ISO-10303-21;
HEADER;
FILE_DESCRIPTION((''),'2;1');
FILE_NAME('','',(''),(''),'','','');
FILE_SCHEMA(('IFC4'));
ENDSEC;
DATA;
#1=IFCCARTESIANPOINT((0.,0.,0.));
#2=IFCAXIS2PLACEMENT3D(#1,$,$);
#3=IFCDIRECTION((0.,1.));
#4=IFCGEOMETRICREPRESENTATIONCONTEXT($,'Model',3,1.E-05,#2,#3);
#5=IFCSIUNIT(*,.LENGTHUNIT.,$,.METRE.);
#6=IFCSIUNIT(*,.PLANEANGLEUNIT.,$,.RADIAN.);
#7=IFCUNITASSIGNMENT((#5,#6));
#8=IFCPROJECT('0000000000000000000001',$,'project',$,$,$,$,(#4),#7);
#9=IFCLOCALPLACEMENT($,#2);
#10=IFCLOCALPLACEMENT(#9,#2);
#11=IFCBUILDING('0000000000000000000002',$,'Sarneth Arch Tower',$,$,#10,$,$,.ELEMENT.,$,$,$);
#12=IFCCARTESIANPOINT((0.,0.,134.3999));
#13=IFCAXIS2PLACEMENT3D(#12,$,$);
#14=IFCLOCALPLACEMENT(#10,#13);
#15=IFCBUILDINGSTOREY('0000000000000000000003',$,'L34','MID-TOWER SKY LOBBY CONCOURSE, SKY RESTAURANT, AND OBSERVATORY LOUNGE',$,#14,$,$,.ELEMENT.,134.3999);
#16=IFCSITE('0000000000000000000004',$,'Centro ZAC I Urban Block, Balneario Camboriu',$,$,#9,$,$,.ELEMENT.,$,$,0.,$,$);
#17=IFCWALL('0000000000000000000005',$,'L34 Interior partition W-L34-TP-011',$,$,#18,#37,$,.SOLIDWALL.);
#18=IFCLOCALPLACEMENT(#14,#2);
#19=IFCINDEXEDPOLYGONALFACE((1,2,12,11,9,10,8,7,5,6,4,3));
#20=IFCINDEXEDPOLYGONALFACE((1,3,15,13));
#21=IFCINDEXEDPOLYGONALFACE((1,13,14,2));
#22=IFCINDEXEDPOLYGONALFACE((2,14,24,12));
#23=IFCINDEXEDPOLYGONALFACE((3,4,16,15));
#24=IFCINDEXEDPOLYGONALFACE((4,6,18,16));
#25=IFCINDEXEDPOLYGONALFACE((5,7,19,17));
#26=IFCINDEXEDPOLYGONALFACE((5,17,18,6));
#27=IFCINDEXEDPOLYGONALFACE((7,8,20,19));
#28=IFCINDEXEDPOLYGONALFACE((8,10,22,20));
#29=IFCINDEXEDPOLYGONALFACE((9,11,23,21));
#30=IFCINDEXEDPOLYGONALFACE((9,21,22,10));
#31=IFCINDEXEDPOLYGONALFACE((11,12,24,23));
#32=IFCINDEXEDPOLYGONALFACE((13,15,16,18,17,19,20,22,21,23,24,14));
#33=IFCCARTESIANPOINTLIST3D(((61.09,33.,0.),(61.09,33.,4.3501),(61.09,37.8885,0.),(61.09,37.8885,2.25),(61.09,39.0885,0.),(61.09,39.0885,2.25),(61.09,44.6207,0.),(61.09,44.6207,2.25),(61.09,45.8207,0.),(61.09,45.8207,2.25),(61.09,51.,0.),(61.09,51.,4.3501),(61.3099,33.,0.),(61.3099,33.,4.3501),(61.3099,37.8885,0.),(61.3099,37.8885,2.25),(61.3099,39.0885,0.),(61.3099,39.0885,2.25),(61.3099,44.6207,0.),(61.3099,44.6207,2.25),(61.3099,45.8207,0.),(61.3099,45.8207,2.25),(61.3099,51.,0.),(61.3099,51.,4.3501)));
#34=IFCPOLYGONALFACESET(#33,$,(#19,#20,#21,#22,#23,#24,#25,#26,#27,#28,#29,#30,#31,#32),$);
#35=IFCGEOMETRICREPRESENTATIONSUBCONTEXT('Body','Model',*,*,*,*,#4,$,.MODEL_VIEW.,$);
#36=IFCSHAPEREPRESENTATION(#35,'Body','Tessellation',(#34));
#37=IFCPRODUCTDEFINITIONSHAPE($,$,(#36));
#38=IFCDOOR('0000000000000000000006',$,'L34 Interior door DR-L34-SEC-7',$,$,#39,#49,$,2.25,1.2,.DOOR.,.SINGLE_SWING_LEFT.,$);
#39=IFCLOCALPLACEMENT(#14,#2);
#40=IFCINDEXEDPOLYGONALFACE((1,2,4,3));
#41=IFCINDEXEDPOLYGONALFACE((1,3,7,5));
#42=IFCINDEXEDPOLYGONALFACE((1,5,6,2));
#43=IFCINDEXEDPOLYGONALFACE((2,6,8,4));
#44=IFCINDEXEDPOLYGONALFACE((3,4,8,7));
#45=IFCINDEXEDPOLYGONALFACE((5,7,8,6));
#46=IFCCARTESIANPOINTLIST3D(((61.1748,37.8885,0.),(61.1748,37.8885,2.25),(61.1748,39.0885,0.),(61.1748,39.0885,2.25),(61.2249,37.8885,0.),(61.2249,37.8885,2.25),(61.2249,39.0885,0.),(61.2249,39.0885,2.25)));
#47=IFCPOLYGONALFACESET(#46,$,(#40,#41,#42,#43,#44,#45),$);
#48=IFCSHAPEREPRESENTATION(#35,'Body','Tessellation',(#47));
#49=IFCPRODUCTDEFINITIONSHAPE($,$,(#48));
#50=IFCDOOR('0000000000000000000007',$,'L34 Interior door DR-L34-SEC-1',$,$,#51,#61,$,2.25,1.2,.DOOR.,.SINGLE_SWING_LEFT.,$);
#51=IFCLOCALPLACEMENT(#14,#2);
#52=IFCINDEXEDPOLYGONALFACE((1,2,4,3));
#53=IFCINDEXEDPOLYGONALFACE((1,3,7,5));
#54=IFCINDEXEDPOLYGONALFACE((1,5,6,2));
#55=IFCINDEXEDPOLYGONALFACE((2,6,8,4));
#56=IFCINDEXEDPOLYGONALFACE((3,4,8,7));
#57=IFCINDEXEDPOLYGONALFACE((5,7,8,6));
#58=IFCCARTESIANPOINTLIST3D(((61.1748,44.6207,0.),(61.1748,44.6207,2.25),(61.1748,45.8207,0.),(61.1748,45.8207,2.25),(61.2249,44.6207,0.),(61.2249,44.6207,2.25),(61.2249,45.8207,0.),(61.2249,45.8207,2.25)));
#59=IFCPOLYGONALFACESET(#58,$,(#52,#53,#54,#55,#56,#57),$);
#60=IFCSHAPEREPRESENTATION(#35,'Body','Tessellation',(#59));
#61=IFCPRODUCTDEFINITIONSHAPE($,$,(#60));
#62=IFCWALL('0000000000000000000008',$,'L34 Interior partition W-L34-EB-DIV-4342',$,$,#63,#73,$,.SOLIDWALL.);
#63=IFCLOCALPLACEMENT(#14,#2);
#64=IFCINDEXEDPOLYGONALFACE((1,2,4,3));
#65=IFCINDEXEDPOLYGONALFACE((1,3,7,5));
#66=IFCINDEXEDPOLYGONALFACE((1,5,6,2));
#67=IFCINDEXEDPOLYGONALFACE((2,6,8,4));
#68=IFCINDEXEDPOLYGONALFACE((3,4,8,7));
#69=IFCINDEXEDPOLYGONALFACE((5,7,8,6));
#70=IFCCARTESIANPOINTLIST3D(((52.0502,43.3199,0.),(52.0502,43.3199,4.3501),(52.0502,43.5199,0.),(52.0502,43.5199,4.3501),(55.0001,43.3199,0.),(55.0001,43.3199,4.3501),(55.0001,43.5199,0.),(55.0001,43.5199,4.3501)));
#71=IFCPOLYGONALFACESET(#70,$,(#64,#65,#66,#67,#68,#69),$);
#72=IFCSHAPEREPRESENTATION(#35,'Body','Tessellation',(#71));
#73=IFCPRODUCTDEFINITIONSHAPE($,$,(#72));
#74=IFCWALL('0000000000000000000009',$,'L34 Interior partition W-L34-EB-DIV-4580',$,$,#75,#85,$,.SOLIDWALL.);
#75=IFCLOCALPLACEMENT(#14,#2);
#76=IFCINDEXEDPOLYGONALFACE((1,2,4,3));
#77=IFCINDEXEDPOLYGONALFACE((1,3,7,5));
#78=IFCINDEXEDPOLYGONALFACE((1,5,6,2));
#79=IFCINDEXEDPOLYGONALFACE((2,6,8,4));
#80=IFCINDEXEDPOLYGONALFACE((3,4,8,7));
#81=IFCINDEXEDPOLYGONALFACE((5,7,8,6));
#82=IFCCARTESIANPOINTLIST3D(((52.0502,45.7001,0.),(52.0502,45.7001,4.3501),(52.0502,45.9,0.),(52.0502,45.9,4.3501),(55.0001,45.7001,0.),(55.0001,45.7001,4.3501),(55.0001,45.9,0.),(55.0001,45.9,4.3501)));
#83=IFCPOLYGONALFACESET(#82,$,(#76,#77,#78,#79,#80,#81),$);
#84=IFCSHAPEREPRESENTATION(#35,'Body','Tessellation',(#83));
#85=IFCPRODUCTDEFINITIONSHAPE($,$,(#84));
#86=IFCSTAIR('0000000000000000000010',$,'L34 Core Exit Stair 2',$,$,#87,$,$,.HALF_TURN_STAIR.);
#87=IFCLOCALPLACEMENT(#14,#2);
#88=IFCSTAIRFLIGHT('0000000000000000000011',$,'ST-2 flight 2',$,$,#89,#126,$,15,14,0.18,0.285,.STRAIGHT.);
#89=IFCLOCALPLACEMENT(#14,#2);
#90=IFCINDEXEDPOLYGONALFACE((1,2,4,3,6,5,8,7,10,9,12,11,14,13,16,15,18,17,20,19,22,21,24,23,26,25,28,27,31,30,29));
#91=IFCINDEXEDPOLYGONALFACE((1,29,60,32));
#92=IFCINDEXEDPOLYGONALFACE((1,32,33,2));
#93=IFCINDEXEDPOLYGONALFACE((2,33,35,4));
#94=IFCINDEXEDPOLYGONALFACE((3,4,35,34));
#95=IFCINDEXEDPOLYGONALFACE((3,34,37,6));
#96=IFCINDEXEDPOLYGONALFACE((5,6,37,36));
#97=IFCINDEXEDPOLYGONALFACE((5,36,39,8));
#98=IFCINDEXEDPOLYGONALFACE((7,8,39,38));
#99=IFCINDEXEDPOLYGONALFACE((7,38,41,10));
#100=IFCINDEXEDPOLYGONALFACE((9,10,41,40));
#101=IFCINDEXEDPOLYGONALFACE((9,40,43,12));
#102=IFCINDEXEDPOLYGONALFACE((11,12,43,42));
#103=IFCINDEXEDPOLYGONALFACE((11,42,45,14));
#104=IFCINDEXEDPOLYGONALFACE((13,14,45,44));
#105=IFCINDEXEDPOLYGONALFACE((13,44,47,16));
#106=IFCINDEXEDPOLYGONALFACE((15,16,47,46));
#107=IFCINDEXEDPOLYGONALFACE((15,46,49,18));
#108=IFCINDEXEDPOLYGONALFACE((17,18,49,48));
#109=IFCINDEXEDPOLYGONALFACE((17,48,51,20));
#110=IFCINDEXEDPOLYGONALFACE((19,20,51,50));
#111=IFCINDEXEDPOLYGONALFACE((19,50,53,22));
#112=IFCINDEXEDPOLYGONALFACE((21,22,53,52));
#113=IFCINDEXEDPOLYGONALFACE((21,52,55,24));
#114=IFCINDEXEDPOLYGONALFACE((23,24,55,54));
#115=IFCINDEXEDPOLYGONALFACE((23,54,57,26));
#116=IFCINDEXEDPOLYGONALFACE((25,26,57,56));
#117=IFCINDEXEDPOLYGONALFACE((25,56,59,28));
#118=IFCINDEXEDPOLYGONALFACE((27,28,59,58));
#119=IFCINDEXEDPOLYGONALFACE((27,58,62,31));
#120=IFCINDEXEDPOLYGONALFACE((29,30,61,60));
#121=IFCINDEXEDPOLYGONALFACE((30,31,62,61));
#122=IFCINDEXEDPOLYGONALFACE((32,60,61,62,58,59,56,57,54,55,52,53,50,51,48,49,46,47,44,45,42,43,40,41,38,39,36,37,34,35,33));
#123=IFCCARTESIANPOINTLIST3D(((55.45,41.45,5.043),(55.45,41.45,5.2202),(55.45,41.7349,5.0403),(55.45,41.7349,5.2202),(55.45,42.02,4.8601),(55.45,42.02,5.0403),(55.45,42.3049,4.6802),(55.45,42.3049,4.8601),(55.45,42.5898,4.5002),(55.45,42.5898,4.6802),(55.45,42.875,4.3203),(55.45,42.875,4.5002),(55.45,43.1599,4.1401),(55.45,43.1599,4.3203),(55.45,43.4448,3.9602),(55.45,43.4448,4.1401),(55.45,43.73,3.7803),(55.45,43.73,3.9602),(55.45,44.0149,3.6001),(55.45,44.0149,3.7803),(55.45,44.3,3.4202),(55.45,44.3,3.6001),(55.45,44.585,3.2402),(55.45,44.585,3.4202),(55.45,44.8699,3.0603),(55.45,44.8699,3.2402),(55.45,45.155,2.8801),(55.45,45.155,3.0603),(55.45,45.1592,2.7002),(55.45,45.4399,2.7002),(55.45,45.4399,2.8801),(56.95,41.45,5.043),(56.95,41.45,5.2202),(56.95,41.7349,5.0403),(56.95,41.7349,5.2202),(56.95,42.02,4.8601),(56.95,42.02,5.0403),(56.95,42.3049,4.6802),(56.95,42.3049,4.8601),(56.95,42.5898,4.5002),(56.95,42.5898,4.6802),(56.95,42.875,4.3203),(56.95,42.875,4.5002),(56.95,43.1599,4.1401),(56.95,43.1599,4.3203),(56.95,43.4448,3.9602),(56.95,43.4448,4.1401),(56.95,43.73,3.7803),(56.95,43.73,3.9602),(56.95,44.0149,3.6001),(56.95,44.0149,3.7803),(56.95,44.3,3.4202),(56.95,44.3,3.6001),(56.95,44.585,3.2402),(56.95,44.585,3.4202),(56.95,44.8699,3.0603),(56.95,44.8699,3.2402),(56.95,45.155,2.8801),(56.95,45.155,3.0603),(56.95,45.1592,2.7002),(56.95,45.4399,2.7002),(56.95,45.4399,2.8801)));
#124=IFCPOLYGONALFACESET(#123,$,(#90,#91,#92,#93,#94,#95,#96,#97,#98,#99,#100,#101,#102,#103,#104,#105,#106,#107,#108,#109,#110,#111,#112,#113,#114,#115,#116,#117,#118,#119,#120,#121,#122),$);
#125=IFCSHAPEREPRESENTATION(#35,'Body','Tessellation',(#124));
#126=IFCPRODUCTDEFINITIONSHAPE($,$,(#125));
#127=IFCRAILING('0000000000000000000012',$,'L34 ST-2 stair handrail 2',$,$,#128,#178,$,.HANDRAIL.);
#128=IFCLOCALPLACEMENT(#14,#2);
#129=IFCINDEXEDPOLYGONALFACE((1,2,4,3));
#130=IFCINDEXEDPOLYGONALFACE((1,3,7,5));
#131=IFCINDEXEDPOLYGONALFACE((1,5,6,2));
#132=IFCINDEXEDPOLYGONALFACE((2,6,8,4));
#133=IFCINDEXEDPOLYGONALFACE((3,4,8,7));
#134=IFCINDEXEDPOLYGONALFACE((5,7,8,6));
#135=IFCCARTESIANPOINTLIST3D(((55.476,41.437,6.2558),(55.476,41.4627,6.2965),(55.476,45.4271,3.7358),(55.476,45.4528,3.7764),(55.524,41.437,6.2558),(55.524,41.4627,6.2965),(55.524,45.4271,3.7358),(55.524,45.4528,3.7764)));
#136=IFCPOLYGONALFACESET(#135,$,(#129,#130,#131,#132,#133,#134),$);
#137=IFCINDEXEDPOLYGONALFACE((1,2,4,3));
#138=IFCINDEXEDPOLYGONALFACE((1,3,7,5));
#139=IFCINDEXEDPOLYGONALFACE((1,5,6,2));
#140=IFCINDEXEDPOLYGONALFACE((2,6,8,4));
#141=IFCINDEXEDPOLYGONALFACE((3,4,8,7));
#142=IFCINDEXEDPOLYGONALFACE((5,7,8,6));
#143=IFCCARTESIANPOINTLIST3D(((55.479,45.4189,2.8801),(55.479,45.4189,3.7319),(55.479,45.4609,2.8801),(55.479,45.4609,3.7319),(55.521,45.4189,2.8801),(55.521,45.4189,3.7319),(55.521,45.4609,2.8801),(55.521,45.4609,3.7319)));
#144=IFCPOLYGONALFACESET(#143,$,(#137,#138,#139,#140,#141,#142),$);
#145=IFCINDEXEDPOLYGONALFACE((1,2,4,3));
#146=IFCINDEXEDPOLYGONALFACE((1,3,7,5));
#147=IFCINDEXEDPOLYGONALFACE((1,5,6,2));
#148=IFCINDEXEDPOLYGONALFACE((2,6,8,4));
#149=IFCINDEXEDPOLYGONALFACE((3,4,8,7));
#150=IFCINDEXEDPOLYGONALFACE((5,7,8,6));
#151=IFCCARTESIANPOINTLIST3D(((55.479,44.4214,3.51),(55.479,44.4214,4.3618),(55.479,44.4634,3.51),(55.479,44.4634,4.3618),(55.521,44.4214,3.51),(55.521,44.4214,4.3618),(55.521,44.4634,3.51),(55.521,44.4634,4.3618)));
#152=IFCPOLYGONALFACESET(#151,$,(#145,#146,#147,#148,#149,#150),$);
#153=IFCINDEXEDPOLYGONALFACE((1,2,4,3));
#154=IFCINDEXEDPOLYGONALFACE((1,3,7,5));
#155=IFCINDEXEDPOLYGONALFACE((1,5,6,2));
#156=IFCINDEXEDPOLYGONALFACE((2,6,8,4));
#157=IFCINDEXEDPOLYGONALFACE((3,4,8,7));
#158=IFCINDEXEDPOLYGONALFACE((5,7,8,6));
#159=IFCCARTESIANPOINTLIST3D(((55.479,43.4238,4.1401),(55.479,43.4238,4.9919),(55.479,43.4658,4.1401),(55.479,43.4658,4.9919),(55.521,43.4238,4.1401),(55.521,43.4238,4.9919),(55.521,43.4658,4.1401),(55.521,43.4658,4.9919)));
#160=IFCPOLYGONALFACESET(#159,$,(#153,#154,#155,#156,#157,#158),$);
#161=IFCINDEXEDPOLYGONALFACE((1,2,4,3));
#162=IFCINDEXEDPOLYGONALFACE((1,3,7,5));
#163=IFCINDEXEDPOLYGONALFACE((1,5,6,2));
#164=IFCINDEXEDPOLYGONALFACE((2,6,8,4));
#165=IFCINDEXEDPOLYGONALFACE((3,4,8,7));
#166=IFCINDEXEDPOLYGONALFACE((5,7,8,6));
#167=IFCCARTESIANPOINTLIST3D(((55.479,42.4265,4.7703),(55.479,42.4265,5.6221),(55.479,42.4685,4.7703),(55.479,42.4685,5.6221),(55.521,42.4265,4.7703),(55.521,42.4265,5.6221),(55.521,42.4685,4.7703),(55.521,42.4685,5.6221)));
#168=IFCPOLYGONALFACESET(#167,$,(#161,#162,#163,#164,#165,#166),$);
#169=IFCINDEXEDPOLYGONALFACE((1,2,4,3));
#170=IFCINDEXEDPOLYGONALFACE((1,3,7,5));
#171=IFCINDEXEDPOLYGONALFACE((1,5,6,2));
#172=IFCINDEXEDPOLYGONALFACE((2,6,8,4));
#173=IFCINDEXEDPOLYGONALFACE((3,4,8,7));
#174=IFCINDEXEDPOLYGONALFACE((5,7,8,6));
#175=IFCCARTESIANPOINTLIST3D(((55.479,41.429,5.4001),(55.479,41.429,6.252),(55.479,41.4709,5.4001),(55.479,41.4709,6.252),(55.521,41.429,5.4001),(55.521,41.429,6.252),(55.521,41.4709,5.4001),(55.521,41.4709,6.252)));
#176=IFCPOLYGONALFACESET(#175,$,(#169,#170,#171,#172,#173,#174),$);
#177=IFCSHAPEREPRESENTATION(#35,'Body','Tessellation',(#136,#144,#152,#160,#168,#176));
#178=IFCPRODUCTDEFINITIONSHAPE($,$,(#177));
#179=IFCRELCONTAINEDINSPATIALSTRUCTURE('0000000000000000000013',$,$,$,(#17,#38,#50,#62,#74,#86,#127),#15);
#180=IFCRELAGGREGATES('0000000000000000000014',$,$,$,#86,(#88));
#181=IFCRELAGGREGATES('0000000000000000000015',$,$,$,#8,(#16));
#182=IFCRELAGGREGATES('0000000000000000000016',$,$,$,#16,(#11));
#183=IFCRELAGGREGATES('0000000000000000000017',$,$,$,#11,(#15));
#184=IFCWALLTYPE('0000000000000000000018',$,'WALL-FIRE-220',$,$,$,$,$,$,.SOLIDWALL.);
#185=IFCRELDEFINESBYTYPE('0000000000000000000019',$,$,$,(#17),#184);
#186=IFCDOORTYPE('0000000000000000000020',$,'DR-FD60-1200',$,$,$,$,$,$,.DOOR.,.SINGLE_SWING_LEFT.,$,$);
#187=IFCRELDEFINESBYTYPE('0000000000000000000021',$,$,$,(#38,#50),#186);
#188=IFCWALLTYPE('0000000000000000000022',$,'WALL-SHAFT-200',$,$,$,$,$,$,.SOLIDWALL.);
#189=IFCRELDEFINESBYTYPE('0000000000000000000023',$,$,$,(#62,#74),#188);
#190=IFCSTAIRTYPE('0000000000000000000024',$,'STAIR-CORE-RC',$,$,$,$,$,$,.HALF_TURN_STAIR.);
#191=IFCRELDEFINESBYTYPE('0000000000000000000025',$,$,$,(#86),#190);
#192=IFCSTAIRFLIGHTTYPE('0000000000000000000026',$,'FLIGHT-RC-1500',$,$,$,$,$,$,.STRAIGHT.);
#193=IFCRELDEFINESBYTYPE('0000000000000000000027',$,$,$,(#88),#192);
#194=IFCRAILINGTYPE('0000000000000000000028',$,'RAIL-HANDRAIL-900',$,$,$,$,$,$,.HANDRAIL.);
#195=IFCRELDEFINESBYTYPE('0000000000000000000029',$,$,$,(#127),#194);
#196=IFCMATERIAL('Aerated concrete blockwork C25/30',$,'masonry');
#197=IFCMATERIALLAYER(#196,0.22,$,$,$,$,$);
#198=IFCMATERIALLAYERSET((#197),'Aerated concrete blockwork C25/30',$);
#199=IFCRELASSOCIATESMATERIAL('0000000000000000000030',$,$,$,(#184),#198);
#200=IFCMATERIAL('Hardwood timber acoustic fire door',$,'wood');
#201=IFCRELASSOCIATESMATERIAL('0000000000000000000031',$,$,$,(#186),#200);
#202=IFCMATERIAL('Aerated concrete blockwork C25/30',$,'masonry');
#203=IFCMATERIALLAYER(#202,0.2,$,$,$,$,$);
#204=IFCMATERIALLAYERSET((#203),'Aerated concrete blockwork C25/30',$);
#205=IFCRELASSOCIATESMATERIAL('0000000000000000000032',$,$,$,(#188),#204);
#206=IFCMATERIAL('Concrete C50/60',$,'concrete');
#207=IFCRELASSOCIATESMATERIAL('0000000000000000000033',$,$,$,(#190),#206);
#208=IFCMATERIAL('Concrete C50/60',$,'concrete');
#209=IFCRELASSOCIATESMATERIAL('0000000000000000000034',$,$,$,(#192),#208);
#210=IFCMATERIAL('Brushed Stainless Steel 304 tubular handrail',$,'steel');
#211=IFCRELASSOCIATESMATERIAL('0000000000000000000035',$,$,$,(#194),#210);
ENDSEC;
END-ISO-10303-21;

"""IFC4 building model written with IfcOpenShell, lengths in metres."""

from ifc_helpers import new_model, si_unit, direction, frame, frame_2d, origin, origin_2d, place, context, subcontext, project, spatial, polyline, rectangle, outline, extrude, material, layer, layer_set, type_object, element, fill, aggregate, save


model = new_model("IFC4")

# Units and contexts
model_context = context("Model", 3, precision=1e-05, world=origin(), true_north=direction((0.0, 1.0)))
body_context = subcontext(model_context, "Body", "Model", "MODEL_VIEW")
ifc_project = project(units=[si_unit("LENGTHUNIT", "METRE"), si_unit("PLANEANGLEUNIT", "RADIAN")], contexts=[model_context])

# Site, building, storey
site_placement = place(None, origin())
site = spatial("IfcSite", under=ifc_project, at=site_placement, Name="Centro ZAC I Urban Block, Balneario Camboriu", CompositionType="ELEMENT", RefElevation=0.0)
building_placement = place(site_placement, origin())
building = spatial("IfcBuilding", under=site, at=building_placement, Name="Sarneth Arch Tower", CompositionType="ELEMENT")
storey_placement = place(building_placement, frame((0.0, 0.0, 134.3999)))
storey = spatial("IfcBuildingStorey", under=building, at=storey_placement, Name="L34", Description="MID-TOWER SKY LOBBY CONCOURSE, SKY RESTAURANT, AND OBSERVATORY LOUNGE", CompositionType="ELEMENT", Elevation=134.3999)

# Wall, openings, doors
ifc_material_1 = material(Name="Aerated concrete blockwork C25/30", Category="masonry")
ifc_layer_1 = layer(ifc_material_1, 0.22)
ifc_layer_set_1 = layer_set([ifc_layer_1], Name="Aerated concrete blockwork C25/30")
wall_type_1 = type_object("IfcWallType", Name="WALL-FIRE-220", PredefinedType="SOLIDWALL", material=ifc_layer_set_1)
wall_1_placement = place(storey_placement, frame((61.2, 51.0, 0.0), z_axis=(0.0, 0.0, 1.0), x_axis=(0.0, -1.0, 0.0)))
wall_1 = element("IfcWall", 1, at=wall_1_placement, inside=storey, type_object=wall_type_1, Name="L34 Interior partition W-L34-TP-011", PredefinedType="SOLIDWALL", context=body_context, shape_type="SweptSolid", body=[
    extrude(rectangle(XDim=18.0, YDim=0.22, at=frame_2d((9.0, 0.0))), origin(), (0.0, 0.0, 1.0), 4.3501),
])
opening_1_placement = place(wall_1_placement, frame((11.9114, 0.0, 0.0)))
opening_1 = element("IfcOpeningElement", 2, at=opening_1_placement, cuts=wall_1, PredefinedType="OPENING", context=body_context, shape_type="SweptSolid", body=[
    extrude(rectangle(XDim=1.2, YDim=2.25, at=frame_2d((0.6001, 1.125))), frame((0.0, 0.1199, 0.0), z_axis=(0.0, -1.0, 0.0), x_axis=(1.0, 0.0, 0.0)), (0.0, 0.0, 1.0), 0.24),
])
opening_2_placement = place(wall_1_placement, frame((5.1792, 0.0, 0.0)))
opening_2 = element("IfcOpeningElement", 3, at=opening_2_placement, cuts=wall_1, PredefinedType="OPENING", context=body_context, shape_type="SweptSolid", body=[
    extrude(rectangle(XDim=1.2, YDim=2.25, at=frame_2d((0.6001, 1.125))), frame((0.0, 0.1199, 0.0), z_axis=(0.0, -1.0, 0.0), x_axis=(1.0, 0.0, 0.0)), (0.0, 0.0, 1.0), 0.24),
])
ifc_material_2 = material(Name="Hardwood timber acoustic fire door", Category="wood")
door_type_1 = type_object("IfcDoorType", Name="DR-FD60-1200", OperationType="SINGLE_SWING_LEFT", PredefinedType="DOOR", material=ifc_material_2)
door_1_placement = place(opening_1_placement, origin())
door_1 = element("IfcDoor", 4, at=door_1_placement, inside=storey, type_object=door_type_1, Name="L34 Interior door DR-L34-SEC-7", OperationType="SINGLE_SWING_LEFT", OverallHeight=2.25, OverallWidth=1.2, PredefinedType="DOOR", context=body_context, shape_type="SweptSolid", body=[
    extrude(rectangle(XDim=1.2, YDim=2.25, at=frame_2d((0.6001, 1.125))), frame((0.0, 0.0249, 0.0), z_axis=(0.0, -1.0, 0.0), x_axis=(1.0, 0.0, 0.0)), (0.0, 0.0, 1.0), 0.05),
])
fill(opening_1, door_1)
door_2_placement = place(opening_2_placement, origin())
door_2 = element("IfcDoor", 5, at=door_2_placement, inside=storey, type_object=door_type_1, Name="L34 Interior door DR-L34-SEC-1", OperationType="SINGLE_SWING_LEFT", OverallHeight=2.25, OverallWidth=1.2, PredefinedType="DOOR", context=body_context, shape_type="SweptSolid", body=[
    extrude(rectangle(XDim=1.2, YDim=2.25, at=frame_2d((0.6001, 1.125))), frame((0.0, 0.0249, 0.0), z_axis=(0.0, -1.0, 0.0), x_axis=(1.0, 0.0, 0.0)), (0.0, 0.0, 1.0), 0.05),
])
fill(opening_2, door_2)

# Walls
ifc_material_3 = material(Name="Aerated concrete blockwork C25/30", Category="masonry")
ifc_layer_2 = layer(ifc_material_3, 0.2)
ifc_layer_set_2 = layer_set([ifc_layer_2], Name="Aerated concrete blockwork C25/30")
wall_type_2 = type_object("IfcWallType", Name="WALL-SHAFT-200", PredefinedType="SOLIDWALL", material=ifc_layer_set_2)
for number, where, z_axis, x_axis, name in (
    (6, (52.05, 43.4199, 0.0), (0.0, 0.0, 1.0), (1.0, 0.0, 0.0), "L34 Interior partition W-L34-EB-DIV-4342"),
    (7, (52.05, 45.8, 0.0), (0.0, 0.0, 1.0), (1.0, 0.0, 0.0), "L34 Interior partition W-L34-EB-DIV-4580"),
):
    element("IfcWall", number, at=place(storey_placement, frame(where, z_axis=z_axis, x_axis=x_axis)), inside=storey, type_object=wall_type_2, Name=name, PredefinedType="SOLIDWALL", context=body_context, shape_type="SweptSolid", body=[
        extrude(rectangle(XDim=2.95, YDim=0.2, at=frame_2d((1.4751, 0.0))), origin(), (0.0, 0.0, 1.0), 4.3501),
    ])

# Stair, stair flight
ifc_material_4 = material(Name="Concrete C50/60", Category="concrete")
stair_type = type_object("IfcStairType", Name="STAIR-CORE-RC", PredefinedType="HALF_TURN_STAIR", material=ifc_material_4)
stair_placement = place(storey_placement, origin())
stair = element("IfcStair", 8, at=stair_placement, inside=storey, type_object=stair_type, Name="L34 Core Exit Stair 2", PredefinedType="HALF_TURN_STAIR")
ifc_material_5 = material(Name="Concrete C50/60", Category="concrete")
stair_flight_type = type_object("IfcStairFlightType", Name="FLIGHT-RC-1500", PredefinedType="STRAIGHT", material=ifc_material_5)
stair_flight_placement = place(storey_placement, frame((56.2, 45.4399, 2.7002), z_axis=(0.0, 0.0, 1.0), x_axis=(0.0, -1.0, 0.0)))
stair_flight = element("IfcStairFlight", 9, at=stair_flight_placement, type_object=stair_flight_type, Name="ST-2 flight 2", NumberOfRisers=15, NumberOfTreads=14, PredefinedType="STRAIGHT", RiserHeight=0.18, TreadLength=0.285, context=body_context, shape_type="SweptSolid", body=[
    extrude(outline(polyline([(0.0, 0.0), (0.0, 0.1799), (0.2849, 0.1799), (0.2849, 0.3601), (0.5701, 0.3601), (0.5701, 0.54), (0.855, 0.54), (0.855, 0.72), (1.1399, 0.72), (1.1399, 0.8999), (1.425, 0.8999), (1.425, 1.0801), (1.71, 1.0801), (1.71, 1.26), (1.9951, 1.26), (1.9951, 1.4399), (2.28, 1.4399), (2.28, 1.6201), (2.5649, 1.6201), (2.5649, 1.8), (2.8501, 1.8), (2.8501, 1.98), (3.135, 1.98), (3.135, 2.1599), (3.4199, 2.1599), (3.4199, 2.3401), (3.7051, 2.3401), (3.7051, 2.52), (3.99, 2.52), (3.99, 2.7), (3.99, 2.3428), (0.2808, 0.0), (0.0, 0.0)])), frame((0.0, 0.75, 0.0), z_axis=(0.0, -1.0, 0.0), x_axis=(1.0, 0.0, 0.0)), (0.0, 0.0, 1.0), 1.5),
])
aggregate(stair, [stair_flight])

# Railing
ifc_material_6 = material(Name="Brushed Stainless Steel 304 tubular handrail", Category="steel")
railing_type_1 = type_object("IfcRailingType", Name="RAIL-HANDRAIL-900", PredefinedType="HANDRAIL", material=ifc_material_6)
railing_1_placement = place(storey_placement, frame((55.5, 45.4399, 2.8801)))
element("IfcRailing", 10, at=railing_1_placement, inside=storey, type_object=railing_type_1, Name="L34 ST-2 stair handrail 2", PredefinedType="HANDRAIL", context=body_context, shape_type="SweptSolid", body=[
    extrude(rectangle(XDim=0.0481, YDim=0.0481, at=origin_2d()), frame((0.0, 0.0, 0.876), z_axis=(0.0, -0.845486, 0.533997), x_axis=(1.0, 0.0, 0.0)), (0.0, 0.0, 1.0), 4.7192),
    extrude(rectangle(XDim=0.042, YDim=0.042, at=origin_2d()), origin(), (0.0, 0.0, 1.0), 0.8518),
    extrude(rectangle(XDim=0.042, YDim=0.042, at=origin_2d()), frame((0.0, -0.9976, 0.6299)), (0.0, 0.0, 1.0), 0.8518),
    extrude(rectangle(XDim=0.042, YDim=0.042, at=origin_2d()), frame((0.0, -1.9951, 1.26)), (0.0, 0.0, 1.0), 0.8518),
    extrude(rectangle(XDim=0.042, YDim=0.042, at=origin_2d()), frame((0.0, -2.9924, 1.8901)), (0.0, 0.0, 1.0), 0.8518),
    extrude(rectangle(XDim=0.042, YDim=0.042, at=origin_2d()), frame((0.0, -3.99, 2.52)), (0.0, 0.0, 1.0), 0.8518),
])

save(model, "model.ifc")
